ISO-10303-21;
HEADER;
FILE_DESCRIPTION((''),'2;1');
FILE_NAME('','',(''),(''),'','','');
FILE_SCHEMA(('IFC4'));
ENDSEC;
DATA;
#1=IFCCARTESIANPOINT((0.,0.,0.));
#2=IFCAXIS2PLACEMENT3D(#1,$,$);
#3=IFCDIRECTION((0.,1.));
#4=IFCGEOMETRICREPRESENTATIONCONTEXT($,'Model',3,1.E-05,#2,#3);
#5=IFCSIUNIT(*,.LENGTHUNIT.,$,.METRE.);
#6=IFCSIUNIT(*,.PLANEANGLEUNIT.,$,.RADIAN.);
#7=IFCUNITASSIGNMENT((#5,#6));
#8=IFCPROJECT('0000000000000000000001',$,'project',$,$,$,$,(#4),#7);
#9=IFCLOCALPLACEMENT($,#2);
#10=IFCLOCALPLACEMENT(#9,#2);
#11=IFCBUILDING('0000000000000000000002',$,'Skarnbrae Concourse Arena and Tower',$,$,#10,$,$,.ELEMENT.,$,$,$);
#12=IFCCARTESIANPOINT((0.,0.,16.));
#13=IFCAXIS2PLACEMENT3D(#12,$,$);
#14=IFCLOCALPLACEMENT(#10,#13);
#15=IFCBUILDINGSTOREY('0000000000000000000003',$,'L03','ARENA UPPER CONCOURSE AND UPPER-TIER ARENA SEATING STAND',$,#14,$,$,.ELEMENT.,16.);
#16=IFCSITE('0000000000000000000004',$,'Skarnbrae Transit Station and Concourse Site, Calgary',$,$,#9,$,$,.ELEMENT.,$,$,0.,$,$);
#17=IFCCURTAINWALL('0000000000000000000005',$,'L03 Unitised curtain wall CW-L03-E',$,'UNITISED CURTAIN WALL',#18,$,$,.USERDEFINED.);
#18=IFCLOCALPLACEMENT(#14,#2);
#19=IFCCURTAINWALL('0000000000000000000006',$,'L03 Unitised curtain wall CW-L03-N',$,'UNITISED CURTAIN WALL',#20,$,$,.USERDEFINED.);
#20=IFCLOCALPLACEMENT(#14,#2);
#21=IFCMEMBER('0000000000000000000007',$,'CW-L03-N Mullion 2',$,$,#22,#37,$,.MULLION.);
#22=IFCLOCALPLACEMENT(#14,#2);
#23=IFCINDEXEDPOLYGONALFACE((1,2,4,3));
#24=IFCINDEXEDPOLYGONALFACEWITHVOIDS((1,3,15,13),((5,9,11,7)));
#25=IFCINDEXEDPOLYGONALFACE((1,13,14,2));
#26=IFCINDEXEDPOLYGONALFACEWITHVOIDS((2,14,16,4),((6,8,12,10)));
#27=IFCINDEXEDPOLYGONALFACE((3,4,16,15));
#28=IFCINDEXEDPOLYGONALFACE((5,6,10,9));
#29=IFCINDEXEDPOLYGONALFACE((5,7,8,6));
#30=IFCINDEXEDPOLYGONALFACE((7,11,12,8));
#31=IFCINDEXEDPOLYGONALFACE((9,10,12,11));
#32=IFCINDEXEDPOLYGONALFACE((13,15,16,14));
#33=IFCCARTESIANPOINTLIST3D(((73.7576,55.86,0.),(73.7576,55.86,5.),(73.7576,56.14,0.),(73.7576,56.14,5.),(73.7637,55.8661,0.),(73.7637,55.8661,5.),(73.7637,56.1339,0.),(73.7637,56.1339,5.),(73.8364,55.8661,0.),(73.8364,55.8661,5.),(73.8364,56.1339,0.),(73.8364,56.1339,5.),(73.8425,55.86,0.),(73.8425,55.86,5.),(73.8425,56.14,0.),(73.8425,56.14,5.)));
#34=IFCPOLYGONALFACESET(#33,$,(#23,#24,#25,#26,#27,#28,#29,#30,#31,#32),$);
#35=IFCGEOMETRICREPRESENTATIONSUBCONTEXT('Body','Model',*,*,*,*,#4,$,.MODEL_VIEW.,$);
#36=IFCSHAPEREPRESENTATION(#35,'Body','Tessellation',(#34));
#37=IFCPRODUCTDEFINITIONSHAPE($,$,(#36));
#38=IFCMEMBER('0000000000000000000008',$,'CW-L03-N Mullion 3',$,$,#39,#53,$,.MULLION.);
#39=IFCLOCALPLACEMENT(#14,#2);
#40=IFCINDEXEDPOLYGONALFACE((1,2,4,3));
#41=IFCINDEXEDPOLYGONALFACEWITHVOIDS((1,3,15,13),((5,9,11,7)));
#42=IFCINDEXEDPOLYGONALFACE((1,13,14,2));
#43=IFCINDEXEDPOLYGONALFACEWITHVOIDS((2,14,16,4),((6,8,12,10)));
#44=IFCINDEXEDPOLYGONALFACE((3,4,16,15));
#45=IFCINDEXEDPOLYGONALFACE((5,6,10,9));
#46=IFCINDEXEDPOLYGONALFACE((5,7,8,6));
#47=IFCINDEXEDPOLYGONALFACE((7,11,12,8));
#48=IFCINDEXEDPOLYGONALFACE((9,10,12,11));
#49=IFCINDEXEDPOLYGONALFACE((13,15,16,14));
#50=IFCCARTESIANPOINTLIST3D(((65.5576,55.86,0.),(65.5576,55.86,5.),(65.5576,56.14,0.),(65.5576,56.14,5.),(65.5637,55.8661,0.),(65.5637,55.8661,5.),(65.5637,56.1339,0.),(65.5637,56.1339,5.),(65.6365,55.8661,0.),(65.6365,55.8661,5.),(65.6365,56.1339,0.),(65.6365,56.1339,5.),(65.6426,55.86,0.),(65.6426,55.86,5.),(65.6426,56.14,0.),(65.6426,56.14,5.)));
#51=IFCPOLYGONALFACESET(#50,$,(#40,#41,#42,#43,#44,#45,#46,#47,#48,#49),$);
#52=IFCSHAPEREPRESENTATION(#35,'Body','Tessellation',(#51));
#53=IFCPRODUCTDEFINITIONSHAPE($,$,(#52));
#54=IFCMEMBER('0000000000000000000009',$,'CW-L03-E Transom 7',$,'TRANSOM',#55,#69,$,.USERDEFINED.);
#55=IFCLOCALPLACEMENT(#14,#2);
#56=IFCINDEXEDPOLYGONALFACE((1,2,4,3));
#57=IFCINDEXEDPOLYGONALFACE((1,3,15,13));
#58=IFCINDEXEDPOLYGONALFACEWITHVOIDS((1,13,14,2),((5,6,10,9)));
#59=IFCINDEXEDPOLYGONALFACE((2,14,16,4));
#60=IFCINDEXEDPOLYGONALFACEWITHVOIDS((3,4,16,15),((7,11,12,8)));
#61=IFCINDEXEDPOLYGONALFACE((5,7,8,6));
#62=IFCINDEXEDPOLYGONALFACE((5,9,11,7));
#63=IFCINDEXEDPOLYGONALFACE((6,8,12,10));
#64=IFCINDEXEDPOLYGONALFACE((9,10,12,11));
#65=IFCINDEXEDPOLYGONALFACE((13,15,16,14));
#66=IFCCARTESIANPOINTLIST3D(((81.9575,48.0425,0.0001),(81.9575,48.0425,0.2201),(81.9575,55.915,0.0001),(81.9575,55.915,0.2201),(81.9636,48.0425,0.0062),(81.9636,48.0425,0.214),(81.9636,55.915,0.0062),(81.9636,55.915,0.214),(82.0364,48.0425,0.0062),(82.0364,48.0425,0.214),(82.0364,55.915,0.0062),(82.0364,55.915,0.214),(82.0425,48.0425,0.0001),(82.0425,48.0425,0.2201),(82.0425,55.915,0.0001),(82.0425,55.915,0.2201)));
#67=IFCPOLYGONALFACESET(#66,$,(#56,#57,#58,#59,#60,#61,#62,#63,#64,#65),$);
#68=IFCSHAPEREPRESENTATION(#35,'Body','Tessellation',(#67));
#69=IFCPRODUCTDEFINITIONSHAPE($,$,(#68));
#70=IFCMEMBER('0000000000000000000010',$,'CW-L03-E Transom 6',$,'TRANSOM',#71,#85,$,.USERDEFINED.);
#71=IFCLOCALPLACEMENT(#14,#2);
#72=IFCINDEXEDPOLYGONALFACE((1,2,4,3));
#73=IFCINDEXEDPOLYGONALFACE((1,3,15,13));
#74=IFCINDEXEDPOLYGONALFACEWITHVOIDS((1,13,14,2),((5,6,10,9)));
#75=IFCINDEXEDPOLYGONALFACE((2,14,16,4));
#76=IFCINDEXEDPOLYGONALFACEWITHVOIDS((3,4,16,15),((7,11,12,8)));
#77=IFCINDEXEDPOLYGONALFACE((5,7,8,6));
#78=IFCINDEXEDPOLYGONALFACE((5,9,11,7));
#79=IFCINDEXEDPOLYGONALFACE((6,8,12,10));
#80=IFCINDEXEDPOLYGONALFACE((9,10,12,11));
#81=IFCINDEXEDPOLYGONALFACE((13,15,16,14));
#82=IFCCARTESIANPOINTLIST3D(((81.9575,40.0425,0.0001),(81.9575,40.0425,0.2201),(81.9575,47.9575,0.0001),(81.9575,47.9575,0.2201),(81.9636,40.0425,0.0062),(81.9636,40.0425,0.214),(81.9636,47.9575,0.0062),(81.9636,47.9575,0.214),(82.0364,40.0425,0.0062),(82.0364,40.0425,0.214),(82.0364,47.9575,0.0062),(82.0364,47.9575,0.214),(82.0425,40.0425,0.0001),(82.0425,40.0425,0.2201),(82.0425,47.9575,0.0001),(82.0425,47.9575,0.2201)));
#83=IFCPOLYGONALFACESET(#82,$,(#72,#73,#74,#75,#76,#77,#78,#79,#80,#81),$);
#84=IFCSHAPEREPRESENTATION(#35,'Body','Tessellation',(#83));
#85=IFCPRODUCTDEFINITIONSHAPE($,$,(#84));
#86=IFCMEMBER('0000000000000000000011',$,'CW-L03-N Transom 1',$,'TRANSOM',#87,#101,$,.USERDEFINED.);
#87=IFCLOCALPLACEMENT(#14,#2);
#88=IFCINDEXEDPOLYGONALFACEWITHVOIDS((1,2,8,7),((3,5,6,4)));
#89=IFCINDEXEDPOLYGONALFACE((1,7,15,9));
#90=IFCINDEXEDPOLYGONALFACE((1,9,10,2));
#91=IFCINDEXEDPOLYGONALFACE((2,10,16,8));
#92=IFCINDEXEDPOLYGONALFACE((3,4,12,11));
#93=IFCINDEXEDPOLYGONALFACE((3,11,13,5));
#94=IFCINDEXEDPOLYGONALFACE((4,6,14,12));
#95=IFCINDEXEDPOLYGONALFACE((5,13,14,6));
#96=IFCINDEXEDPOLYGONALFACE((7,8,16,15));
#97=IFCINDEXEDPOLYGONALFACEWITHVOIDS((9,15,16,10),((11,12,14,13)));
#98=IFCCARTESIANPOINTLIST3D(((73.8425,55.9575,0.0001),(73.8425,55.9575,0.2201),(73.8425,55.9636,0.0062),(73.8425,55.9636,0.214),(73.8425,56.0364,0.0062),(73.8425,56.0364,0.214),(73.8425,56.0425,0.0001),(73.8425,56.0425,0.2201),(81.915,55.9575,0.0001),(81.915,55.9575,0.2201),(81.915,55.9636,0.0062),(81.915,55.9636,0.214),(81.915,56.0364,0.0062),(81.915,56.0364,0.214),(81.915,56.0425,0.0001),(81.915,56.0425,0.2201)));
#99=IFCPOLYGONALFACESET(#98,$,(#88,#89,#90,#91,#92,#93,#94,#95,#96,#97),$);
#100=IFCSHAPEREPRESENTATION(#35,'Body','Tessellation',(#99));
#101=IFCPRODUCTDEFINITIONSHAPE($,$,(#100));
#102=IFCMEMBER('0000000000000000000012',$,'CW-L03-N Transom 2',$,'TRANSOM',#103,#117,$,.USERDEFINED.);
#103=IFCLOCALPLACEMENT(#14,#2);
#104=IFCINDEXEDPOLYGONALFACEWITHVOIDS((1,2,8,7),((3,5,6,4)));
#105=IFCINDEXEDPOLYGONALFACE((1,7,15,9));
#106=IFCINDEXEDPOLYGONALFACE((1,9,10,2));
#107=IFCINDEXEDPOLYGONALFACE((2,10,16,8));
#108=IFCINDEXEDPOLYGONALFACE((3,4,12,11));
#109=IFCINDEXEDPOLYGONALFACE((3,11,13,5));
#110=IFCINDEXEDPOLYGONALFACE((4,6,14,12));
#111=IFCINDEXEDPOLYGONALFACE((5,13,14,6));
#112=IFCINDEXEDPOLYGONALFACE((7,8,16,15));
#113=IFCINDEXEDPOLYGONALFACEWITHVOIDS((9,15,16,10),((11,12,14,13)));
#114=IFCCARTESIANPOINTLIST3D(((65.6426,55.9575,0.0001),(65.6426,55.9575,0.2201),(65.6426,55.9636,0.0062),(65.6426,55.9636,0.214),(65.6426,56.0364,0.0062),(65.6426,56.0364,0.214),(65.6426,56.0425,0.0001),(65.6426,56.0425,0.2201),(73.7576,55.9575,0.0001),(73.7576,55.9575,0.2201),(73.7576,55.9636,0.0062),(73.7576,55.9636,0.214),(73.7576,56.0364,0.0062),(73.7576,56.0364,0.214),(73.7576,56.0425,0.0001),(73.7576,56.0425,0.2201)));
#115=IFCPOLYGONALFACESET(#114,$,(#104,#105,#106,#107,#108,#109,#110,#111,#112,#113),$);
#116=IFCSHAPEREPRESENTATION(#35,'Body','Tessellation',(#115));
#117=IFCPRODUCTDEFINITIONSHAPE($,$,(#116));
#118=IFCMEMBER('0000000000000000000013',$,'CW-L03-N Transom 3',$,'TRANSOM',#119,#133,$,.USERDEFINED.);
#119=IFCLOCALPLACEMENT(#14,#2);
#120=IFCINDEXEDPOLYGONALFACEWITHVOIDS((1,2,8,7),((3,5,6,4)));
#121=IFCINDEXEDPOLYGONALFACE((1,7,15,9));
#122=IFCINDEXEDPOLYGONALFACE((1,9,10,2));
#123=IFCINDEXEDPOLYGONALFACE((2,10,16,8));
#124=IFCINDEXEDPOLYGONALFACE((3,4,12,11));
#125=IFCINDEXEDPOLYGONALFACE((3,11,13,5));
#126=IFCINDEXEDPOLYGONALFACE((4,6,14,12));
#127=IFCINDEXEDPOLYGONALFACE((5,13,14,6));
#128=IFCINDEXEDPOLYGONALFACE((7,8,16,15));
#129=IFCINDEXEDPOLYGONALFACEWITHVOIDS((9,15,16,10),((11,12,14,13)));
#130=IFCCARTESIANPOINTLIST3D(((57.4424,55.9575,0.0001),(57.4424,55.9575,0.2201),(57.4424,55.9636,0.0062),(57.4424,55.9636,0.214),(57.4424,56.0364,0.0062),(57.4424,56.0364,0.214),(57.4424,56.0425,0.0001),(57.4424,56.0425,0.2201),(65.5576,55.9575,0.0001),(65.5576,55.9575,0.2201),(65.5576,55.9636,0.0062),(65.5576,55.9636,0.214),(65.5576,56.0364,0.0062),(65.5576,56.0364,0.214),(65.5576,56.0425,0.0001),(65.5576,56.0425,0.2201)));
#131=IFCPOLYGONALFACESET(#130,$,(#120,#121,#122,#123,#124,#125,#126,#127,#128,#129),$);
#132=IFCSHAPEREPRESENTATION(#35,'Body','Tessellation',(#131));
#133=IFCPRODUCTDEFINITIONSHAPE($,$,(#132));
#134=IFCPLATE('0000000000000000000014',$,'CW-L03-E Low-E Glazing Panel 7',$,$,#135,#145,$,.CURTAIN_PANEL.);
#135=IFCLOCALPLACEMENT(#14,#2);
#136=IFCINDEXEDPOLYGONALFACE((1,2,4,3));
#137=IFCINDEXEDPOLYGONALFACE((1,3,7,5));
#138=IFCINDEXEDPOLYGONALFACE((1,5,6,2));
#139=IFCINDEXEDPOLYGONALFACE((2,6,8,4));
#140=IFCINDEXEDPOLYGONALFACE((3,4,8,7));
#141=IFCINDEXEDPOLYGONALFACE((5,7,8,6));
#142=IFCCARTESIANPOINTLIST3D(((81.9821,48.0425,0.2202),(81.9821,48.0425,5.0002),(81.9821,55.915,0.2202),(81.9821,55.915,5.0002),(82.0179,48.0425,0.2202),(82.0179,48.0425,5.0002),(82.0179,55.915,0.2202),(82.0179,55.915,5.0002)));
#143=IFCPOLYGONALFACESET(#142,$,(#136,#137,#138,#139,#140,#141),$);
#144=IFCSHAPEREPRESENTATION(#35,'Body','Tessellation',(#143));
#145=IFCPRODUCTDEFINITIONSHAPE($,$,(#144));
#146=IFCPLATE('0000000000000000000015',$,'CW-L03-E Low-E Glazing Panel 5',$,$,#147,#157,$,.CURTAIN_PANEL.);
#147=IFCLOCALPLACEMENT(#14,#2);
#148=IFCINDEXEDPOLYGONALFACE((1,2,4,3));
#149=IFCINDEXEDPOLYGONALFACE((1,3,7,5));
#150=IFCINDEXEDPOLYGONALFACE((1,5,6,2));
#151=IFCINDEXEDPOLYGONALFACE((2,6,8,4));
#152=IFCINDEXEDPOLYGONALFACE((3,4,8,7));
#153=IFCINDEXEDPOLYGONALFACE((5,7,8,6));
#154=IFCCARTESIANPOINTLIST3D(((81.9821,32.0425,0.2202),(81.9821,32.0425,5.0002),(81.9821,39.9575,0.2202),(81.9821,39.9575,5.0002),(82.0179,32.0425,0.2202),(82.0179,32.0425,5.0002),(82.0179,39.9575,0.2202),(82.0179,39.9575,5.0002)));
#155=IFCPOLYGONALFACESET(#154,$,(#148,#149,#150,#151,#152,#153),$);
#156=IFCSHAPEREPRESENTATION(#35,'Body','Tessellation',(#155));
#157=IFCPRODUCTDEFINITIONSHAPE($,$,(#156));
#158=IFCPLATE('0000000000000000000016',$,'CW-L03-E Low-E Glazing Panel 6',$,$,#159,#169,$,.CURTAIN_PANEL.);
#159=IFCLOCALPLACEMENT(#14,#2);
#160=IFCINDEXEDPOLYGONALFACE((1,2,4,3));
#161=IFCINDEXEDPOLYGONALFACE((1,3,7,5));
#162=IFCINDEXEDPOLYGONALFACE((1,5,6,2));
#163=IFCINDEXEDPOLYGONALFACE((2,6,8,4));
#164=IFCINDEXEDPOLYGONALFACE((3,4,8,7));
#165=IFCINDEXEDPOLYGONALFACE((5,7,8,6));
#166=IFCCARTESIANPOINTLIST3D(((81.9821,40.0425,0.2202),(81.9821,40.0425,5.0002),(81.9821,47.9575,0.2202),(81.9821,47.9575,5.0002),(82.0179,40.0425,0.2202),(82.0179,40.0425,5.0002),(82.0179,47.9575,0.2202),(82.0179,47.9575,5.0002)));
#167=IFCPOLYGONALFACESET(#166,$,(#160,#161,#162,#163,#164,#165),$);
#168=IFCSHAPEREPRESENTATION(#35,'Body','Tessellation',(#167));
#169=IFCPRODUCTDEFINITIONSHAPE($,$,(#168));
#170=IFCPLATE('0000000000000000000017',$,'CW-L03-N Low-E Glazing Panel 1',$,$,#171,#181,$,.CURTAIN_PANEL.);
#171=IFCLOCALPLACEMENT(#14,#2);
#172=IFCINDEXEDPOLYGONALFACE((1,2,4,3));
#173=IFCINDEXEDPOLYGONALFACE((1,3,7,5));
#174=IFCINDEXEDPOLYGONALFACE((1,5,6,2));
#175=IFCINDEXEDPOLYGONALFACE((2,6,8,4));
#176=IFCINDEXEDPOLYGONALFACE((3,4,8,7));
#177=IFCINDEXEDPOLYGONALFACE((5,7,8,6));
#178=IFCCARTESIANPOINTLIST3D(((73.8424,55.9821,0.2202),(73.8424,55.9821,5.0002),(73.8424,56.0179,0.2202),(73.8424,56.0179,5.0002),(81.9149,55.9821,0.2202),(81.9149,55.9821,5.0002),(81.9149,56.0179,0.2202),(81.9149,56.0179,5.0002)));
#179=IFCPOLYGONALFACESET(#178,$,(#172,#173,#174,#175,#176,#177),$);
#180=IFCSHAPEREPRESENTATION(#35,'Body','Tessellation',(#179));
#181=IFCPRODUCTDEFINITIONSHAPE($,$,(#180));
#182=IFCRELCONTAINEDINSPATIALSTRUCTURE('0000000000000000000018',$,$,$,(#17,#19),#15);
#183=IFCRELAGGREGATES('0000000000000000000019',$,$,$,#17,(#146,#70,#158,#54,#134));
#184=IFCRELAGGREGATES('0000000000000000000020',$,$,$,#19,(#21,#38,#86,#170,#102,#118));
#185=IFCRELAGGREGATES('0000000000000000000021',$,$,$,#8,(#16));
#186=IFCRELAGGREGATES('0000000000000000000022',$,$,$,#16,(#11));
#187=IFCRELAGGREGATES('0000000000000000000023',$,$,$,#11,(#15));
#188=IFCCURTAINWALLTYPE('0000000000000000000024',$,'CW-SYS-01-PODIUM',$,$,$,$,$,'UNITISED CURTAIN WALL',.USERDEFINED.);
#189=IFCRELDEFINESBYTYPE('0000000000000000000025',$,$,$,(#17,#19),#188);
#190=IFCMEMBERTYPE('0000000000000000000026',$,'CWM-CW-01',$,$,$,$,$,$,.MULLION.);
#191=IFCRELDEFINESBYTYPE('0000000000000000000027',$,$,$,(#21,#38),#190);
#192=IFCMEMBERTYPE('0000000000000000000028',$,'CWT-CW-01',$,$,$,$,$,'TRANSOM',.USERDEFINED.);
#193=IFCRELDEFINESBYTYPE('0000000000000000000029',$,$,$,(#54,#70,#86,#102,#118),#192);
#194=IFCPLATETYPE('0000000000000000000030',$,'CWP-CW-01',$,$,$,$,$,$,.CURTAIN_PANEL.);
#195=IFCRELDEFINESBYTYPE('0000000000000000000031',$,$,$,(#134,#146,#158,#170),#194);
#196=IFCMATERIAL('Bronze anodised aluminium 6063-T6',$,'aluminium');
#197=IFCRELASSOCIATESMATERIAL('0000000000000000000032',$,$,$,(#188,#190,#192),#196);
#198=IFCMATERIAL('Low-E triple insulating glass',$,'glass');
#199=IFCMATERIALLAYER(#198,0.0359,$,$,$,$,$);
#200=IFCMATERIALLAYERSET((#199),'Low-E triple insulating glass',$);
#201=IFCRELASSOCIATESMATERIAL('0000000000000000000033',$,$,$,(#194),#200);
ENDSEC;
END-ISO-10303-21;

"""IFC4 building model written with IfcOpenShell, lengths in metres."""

from ifc_helpers import new_model, si_unit, direction, frame, origin, origin_2d, place, context, subcontext, project, spatial, rectangle, hollow_rectangle, extrude, source, transform, mapped, material, layer, layer_set, material_profile, profile_set, type_object, element, aggregate, save


model = new_model("IFC4")

# Units and contexts
model_context = context("Model", 3, precision=1e-05, world=origin(), true_north=direction((0.0, 1.0)))
body_context = subcontext(model_context, "Body", "Model", "MODEL_VIEW")
ifc_project = project(units=[si_unit("LENGTHUNIT", "METRE"), si_unit("PLANEANGLEUNIT", "RADIAN")], contexts=[model_context])

# Site, building, storey
site_placement = place(None, origin())
site = spatial("IfcSite", under=ifc_project, at=site_placement, Name="Skarnbrae Transit Station and Concourse Site, Calgary", CompositionType="ELEMENT", RefElevation=0.0)
building_placement = place(site_placement, origin())
building = spatial("IfcBuilding", under=site, at=building_placement, Name="Skarnbrae Concourse Arena and Tower", CompositionType="ELEMENT")
storey_placement = place(building_placement, frame((0.0, 0.0, 16.0)))
storey = spatial("IfcBuildingStorey", under=building, at=storey_placement, Name="L03", Description="ARENA UPPER CONCOURSE AND UPPER-TIER ARENA SEATING STAND", CompositionType="ELEMENT", Elevation=16.0)

# Curtain walls, members
ifc_material_1 = material(Name="Bronze anodised aluminium 6063-T6", Category="aluminium")
curtain_wall_type = type_object("IfcCurtainWallType", Name="CW-SYS-01-PODIUM", ElementType="UNITISED CURTAIN WALL", PredefinedType="USERDEFINED", material=ifc_material_1)
curtain_wall_1_placement = place(storey_placement, origin())
curtain_wall_1 = element("IfcCurtainWall", 1, at=curtain_wall_1_placement, inside=storey, type_object=curtain_wall_type, Name="L03 Unitised curtain wall CW-L03-E", ObjectType="UNITISED CURTAIN WALL", PredefinedType="USERDEFINED")
ifc_material_profile_1 = material_profile(ifc_material_1, hollow_rectangle(XDim=0.085, YDim=0.28, WallThickness=0.0061, at=origin_2d()), Name="ALU-MULL-85X280")
ifc_profile_set_1 = profile_set([ifc_material_profile_1], Name="Bronze anodised aluminium 6063-T6")
member_type_1 = type_object("IfcMemberType", Name="CWM-CW-01", PredefinedType="MULLION", material=ifc_profile_set_1)
shared_shape_1 = source(origin(), body_context, "Body", "SweptSolid", [
    extrude(hollow_rectangle(XDim=0.085, YDim=0.28, WallThickness=0.0061, at=origin_2d()), origin(), (0.0, 0.0, 1.0), 5.0),
])
curtain_wall_2_placement = place(storey_placement, origin())
curtain_wall_2 = element("IfcCurtainWall", 2, at=curtain_wall_2_placement, inside=storey, type_object=curtain_wall_type, Name="L03 Unitised curtain wall CW-L03-N", ObjectType="UNITISED CURTAIN WALL", PredefinedType="USERDEFINED")
member_1_placement = place(storey_placement, frame((73.8, 56.0, 0.0), z_axis=(0.0, 0.0, 1.0), x_axis=(-1.0, 0.0, 0.0)))
member_1 = element("IfcMember", 3, at=member_1_placement, type_object=member_type_1, Name="CW-L03-N Mullion 2", PredefinedType="MULLION", context=body_context, shape_type="MappedRepresentation", body=[
    mapped(shared_shape_1, transform((0.0, 0.0, 0.0))),
])
member_2_placement = place(storey_placement, frame((65.6001, 56.0, 0.0), z_axis=(0.0, 0.0, 1.0), x_axis=(-1.0, 0.0, 0.0)))
member_2 = element("IfcMember", 4, at=member_2_placement, type_object=member_type_1, Name="CW-L03-N Mullion 3", PredefinedType="MULLION", context=body_context, shape_type="MappedRepresentation", body=[
    mapped(shared_shape_1, transform((0.0, 0.0, 0.0))),
])

# Members
ifc_material_profile_2 = material_profile(ifc_material_1, hollow_rectangle(XDim=0.085, YDim=0.22, WallThickness=0.0061, at=origin_2d()), Name="ALU-TRAN-85X220")
ifc_profile_set_2 = profile_set([ifc_material_profile_2], Name="Bronze anodised aluminium 6063-T6")
member_type_2 = type_object("IfcMemberType", Name="CWT-CW-01", ElementType="TRANSOM", PredefinedType="USERDEFINED", material=ifc_profile_set_2)
shared_shape_2 = source(origin(), body_context, "Body", "SweptSolid", [
    extrude(hollow_rectangle(XDim=0.085, YDim=0.22, WallThickness=0.0061, at=origin_2d()), origin(), (0.0, 0.0, 1.0), 7.8726),
])
member_3_placement = place(storey_placement, frame((82.0, 48.0425, 0.1101), z_axis=(0.0, 1.0, 0.0), x_axis=(-1.0, 0.0, 0.0)))
member_3 = element("IfcMember", 5, at=member_3_placement, type_object=member_type_2, Name="CW-L03-E Transom 7", ObjectType="TRANSOM", PredefinedType="USERDEFINED", context=body_context, shape_type="MappedRepresentation", body=[
    mapped(shared_shape_2, transform((0.0, 0.0, 0.0))),
])
shared_shape_3 = source(origin(), body_context, "Body", "SweptSolid", [
    extrude(hollow_rectangle(XDim=0.085, YDim=0.22, WallThickness=0.0061, at=origin_2d()), origin(), (0.0, 0.0, 1.0), 7.915),
])
member_4_placement = place(storey_placement, frame((82.0, 40.0425, 0.1101), z_axis=(0.0, 1.0, 0.0), x_axis=(-1.0, 0.0, 0.0)))
member_4 = element("IfcMember", 6, at=member_4_placement, type_object=member_type_2, Name="CW-L03-E Transom 6", ObjectType="TRANSOM", PredefinedType="USERDEFINED", context=body_context, shape_type="MappedRepresentation", body=[
    mapped(shared_shape_3, transform((0.0, 0.0, 0.0))),
])
shared_shape_4 = source(origin(), body_context, "Body", "SweptSolid", [
    extrude(hollow_rectangle(XDim=0.085, YDim=0.22, WallThickness=0.0061, at=origin_2d()), origin(), (0.0, 0.0, 1.0), 8.0725),
])
member_5_placement = place(storey_placement, frame((81.915, 56.0, 0.1101), z_axis=(-1.0, 0.0, 0.0), x_axis=(0.0, -1.0, 0.0)))
member_5 = element("IfcMember", 7, at=member_5_placement, type_object=member_type_2, Name="CW-L03-N Transom 1", ObjectType="TRANSOM", PredefinedType="USERDEFINED", context=body_context, shape_type="MappedRepresentation", body=[
    mapped(shared_shape_4, transform((0.0, 0.0, 0.0))),
])
shared_shape_5 = source(origin(), body_context, "Body", "SweptSolid", [
    extrude(hollow_rectangle(XDim=0.085, YDim=0.22, WallThickness=0.0061, at=origin_2d()), origin(), (0.0, 0.0, 1.0), 8.115),
])
member_6_placement = place(storey_placement, frame((73.7576, 56.0, 0.1101), z_axis=(-1.0, 0.0, 0.0), x_axis=(0.0, -1.0, 0.0)))
member_6 = element("IfcMember", 8, at=member_6_placement, type_object=member_type_2, Name="CW-L03-N Transom 2", ObjectType="TRANSOM", PredefinedType="USERDEFINED", context=body_context, shape_type="MappedRepresentation", body=[
    mapped(shared_shape_5, transform((0.0, 0.0, 0.0))),
])
shared_shape_6 = source(origin(), body_context, "Body", "SweptSolid", [
    extrude(hollow_rectangle(XDim=0.085, YDim=0.22, WallThickness=0.0061, at=origin_2d()), origin(), (0.0, 0.0, 1.0), 8.1152),
])
member_7_placement = place(storey_placement, frame((65.5576, 56.0, 0.1101), z_axis=(-1.0, 0.0, 0.0), x_axis=(0.0, -1.0, 0.0)))
member_7 = element("IfcMember", 9, at=member_7_placement, type_object=member_type_2, Name="CW-L03-N Transom 3", ObjectType="TRANSOM", PredefinedType="USERDEFINED", context=body_context, shape_type="MappedRepresentation", body=[
    mapped(shared_shape_6, transform((0.0, 0.0, 0.0))),
])

# Plates
ifc_material_2 = material(Name="Low-E triple insulating glass", Category="glass")
ifc_layer_1 = layer(ifc_material_2, 0.0359)
ifc_layer_set_1 = layer_set([ifc_layer_1], Name="Low-E triple insulating glass")
plate_type = type_object("IfcPlateType", Name="CWP-CW-01", PredefinedType="CURTAIN_PANEL", material=ifc_layer_set_1)
shared_shape_7 = source(origin(), body_context, "Body", "SweptSolid", [
    extrude(rectangle(XDim=7.8726, YDim=0.0359, at=origin_2d()), origin(), (0.0, 0.0, 1.0), 4.78),
])
plate_1_placement = place(storey_placement, frame((82.0, 51.9788, 0.2202), z_axis=(0.0, 0.0, 1.0), x_axis=(0.0, 1.0, 0.0)))
plate_1 = element("IfcPlate", 10, at=plate_1_placement, type_object=plate_type, Name="CW-L03-E Low-E Glazing Panel 7", PredefinedType="CURTAIN_PANEL", context=body_context, shape_type="MappedRepresentation", body=[
    mapped(shared_shape_7, transform((0.0, 0.0, 0.0))),
])
shared_shape_8 = source(origin(), body_context, "Body", "SweptSolid", [
    extrude(rectangle(XDim=7.915, YDim=0.0359, at=origin_2d()), origin(), (0.0, 0.0, 1.0), 4.78),
])
plate_2_placement = place(storey_placement, frame((82.0, 36.0, 0.2202), z_axis=(0.0, 0.0, 1.0), x_axis=(0.0, 1.0, 0.0)))
plate_2 = element("IfcPlate", 11, at=plate_2_placement, type_object=plate_type, Name="CW-L03-E Low-E Glazing Panel 5", PredefinedType="CURTAIN_PANEL", context=body_context, shape_type="MappedRepresentation", body=[
    mapped(shared_shape_8, transform((0.0, 0.0, 0.0))),
])
plate_3_placement = place(storey_placement, frame((82.0, 44.0, 0.2202), z_axis=(0.0, 0.0, 1.0), x_axis=(0.0, 1.0, 0.0)))
plate_3 = element("IfcPlate", 12, at=plate_3_placement, type_object=plate_type, Name="CW-L03-E Low-E Glazing Panel 6", PredefinedType="CURTAIN_PANEL", context=body_context, shape_type="MappedRepresentation", body=[
    mapped(shared_shape_8, transform((0.0, 0.0, 0.0))),
])
aggregate(curtain_wall_1, [plate_2, member_4, plate_3, member_3, plate_1])
shared_shape_9 = source(origin(), body_context, "Body", "SweptSolid", [
    extrude(rectangle(XDim=8.0725, YDim=0.0359, at=origin_2d()), origin(), (0.0, 0.0, 1.0), 4.78),
])
plate_4_placement = place(storey_placement, frame((77.8787, 56.0, 0.2202), z_axis=(0.0, 0.0, 1.0), x_axis=(-1.0, 0.0, 0.0)))
plate_4 = element("IfcPlate", 13, at=plate_4_placement, type_object=plate_type, Name="CW-L03-N Low-E Glazing Panel 1", PredefinedType="CURTAIN_PANEL", context=body_context, shape_type="MappedRepresentation", body=[
    mapped(shared_shape_9, transform((0.0, 0.0, 0.0))),
])
aggregate(curtain_wall_2, [member_1, member_2, member_5, plate_4, member_6, member_7])

save(model, "model.ifc")
